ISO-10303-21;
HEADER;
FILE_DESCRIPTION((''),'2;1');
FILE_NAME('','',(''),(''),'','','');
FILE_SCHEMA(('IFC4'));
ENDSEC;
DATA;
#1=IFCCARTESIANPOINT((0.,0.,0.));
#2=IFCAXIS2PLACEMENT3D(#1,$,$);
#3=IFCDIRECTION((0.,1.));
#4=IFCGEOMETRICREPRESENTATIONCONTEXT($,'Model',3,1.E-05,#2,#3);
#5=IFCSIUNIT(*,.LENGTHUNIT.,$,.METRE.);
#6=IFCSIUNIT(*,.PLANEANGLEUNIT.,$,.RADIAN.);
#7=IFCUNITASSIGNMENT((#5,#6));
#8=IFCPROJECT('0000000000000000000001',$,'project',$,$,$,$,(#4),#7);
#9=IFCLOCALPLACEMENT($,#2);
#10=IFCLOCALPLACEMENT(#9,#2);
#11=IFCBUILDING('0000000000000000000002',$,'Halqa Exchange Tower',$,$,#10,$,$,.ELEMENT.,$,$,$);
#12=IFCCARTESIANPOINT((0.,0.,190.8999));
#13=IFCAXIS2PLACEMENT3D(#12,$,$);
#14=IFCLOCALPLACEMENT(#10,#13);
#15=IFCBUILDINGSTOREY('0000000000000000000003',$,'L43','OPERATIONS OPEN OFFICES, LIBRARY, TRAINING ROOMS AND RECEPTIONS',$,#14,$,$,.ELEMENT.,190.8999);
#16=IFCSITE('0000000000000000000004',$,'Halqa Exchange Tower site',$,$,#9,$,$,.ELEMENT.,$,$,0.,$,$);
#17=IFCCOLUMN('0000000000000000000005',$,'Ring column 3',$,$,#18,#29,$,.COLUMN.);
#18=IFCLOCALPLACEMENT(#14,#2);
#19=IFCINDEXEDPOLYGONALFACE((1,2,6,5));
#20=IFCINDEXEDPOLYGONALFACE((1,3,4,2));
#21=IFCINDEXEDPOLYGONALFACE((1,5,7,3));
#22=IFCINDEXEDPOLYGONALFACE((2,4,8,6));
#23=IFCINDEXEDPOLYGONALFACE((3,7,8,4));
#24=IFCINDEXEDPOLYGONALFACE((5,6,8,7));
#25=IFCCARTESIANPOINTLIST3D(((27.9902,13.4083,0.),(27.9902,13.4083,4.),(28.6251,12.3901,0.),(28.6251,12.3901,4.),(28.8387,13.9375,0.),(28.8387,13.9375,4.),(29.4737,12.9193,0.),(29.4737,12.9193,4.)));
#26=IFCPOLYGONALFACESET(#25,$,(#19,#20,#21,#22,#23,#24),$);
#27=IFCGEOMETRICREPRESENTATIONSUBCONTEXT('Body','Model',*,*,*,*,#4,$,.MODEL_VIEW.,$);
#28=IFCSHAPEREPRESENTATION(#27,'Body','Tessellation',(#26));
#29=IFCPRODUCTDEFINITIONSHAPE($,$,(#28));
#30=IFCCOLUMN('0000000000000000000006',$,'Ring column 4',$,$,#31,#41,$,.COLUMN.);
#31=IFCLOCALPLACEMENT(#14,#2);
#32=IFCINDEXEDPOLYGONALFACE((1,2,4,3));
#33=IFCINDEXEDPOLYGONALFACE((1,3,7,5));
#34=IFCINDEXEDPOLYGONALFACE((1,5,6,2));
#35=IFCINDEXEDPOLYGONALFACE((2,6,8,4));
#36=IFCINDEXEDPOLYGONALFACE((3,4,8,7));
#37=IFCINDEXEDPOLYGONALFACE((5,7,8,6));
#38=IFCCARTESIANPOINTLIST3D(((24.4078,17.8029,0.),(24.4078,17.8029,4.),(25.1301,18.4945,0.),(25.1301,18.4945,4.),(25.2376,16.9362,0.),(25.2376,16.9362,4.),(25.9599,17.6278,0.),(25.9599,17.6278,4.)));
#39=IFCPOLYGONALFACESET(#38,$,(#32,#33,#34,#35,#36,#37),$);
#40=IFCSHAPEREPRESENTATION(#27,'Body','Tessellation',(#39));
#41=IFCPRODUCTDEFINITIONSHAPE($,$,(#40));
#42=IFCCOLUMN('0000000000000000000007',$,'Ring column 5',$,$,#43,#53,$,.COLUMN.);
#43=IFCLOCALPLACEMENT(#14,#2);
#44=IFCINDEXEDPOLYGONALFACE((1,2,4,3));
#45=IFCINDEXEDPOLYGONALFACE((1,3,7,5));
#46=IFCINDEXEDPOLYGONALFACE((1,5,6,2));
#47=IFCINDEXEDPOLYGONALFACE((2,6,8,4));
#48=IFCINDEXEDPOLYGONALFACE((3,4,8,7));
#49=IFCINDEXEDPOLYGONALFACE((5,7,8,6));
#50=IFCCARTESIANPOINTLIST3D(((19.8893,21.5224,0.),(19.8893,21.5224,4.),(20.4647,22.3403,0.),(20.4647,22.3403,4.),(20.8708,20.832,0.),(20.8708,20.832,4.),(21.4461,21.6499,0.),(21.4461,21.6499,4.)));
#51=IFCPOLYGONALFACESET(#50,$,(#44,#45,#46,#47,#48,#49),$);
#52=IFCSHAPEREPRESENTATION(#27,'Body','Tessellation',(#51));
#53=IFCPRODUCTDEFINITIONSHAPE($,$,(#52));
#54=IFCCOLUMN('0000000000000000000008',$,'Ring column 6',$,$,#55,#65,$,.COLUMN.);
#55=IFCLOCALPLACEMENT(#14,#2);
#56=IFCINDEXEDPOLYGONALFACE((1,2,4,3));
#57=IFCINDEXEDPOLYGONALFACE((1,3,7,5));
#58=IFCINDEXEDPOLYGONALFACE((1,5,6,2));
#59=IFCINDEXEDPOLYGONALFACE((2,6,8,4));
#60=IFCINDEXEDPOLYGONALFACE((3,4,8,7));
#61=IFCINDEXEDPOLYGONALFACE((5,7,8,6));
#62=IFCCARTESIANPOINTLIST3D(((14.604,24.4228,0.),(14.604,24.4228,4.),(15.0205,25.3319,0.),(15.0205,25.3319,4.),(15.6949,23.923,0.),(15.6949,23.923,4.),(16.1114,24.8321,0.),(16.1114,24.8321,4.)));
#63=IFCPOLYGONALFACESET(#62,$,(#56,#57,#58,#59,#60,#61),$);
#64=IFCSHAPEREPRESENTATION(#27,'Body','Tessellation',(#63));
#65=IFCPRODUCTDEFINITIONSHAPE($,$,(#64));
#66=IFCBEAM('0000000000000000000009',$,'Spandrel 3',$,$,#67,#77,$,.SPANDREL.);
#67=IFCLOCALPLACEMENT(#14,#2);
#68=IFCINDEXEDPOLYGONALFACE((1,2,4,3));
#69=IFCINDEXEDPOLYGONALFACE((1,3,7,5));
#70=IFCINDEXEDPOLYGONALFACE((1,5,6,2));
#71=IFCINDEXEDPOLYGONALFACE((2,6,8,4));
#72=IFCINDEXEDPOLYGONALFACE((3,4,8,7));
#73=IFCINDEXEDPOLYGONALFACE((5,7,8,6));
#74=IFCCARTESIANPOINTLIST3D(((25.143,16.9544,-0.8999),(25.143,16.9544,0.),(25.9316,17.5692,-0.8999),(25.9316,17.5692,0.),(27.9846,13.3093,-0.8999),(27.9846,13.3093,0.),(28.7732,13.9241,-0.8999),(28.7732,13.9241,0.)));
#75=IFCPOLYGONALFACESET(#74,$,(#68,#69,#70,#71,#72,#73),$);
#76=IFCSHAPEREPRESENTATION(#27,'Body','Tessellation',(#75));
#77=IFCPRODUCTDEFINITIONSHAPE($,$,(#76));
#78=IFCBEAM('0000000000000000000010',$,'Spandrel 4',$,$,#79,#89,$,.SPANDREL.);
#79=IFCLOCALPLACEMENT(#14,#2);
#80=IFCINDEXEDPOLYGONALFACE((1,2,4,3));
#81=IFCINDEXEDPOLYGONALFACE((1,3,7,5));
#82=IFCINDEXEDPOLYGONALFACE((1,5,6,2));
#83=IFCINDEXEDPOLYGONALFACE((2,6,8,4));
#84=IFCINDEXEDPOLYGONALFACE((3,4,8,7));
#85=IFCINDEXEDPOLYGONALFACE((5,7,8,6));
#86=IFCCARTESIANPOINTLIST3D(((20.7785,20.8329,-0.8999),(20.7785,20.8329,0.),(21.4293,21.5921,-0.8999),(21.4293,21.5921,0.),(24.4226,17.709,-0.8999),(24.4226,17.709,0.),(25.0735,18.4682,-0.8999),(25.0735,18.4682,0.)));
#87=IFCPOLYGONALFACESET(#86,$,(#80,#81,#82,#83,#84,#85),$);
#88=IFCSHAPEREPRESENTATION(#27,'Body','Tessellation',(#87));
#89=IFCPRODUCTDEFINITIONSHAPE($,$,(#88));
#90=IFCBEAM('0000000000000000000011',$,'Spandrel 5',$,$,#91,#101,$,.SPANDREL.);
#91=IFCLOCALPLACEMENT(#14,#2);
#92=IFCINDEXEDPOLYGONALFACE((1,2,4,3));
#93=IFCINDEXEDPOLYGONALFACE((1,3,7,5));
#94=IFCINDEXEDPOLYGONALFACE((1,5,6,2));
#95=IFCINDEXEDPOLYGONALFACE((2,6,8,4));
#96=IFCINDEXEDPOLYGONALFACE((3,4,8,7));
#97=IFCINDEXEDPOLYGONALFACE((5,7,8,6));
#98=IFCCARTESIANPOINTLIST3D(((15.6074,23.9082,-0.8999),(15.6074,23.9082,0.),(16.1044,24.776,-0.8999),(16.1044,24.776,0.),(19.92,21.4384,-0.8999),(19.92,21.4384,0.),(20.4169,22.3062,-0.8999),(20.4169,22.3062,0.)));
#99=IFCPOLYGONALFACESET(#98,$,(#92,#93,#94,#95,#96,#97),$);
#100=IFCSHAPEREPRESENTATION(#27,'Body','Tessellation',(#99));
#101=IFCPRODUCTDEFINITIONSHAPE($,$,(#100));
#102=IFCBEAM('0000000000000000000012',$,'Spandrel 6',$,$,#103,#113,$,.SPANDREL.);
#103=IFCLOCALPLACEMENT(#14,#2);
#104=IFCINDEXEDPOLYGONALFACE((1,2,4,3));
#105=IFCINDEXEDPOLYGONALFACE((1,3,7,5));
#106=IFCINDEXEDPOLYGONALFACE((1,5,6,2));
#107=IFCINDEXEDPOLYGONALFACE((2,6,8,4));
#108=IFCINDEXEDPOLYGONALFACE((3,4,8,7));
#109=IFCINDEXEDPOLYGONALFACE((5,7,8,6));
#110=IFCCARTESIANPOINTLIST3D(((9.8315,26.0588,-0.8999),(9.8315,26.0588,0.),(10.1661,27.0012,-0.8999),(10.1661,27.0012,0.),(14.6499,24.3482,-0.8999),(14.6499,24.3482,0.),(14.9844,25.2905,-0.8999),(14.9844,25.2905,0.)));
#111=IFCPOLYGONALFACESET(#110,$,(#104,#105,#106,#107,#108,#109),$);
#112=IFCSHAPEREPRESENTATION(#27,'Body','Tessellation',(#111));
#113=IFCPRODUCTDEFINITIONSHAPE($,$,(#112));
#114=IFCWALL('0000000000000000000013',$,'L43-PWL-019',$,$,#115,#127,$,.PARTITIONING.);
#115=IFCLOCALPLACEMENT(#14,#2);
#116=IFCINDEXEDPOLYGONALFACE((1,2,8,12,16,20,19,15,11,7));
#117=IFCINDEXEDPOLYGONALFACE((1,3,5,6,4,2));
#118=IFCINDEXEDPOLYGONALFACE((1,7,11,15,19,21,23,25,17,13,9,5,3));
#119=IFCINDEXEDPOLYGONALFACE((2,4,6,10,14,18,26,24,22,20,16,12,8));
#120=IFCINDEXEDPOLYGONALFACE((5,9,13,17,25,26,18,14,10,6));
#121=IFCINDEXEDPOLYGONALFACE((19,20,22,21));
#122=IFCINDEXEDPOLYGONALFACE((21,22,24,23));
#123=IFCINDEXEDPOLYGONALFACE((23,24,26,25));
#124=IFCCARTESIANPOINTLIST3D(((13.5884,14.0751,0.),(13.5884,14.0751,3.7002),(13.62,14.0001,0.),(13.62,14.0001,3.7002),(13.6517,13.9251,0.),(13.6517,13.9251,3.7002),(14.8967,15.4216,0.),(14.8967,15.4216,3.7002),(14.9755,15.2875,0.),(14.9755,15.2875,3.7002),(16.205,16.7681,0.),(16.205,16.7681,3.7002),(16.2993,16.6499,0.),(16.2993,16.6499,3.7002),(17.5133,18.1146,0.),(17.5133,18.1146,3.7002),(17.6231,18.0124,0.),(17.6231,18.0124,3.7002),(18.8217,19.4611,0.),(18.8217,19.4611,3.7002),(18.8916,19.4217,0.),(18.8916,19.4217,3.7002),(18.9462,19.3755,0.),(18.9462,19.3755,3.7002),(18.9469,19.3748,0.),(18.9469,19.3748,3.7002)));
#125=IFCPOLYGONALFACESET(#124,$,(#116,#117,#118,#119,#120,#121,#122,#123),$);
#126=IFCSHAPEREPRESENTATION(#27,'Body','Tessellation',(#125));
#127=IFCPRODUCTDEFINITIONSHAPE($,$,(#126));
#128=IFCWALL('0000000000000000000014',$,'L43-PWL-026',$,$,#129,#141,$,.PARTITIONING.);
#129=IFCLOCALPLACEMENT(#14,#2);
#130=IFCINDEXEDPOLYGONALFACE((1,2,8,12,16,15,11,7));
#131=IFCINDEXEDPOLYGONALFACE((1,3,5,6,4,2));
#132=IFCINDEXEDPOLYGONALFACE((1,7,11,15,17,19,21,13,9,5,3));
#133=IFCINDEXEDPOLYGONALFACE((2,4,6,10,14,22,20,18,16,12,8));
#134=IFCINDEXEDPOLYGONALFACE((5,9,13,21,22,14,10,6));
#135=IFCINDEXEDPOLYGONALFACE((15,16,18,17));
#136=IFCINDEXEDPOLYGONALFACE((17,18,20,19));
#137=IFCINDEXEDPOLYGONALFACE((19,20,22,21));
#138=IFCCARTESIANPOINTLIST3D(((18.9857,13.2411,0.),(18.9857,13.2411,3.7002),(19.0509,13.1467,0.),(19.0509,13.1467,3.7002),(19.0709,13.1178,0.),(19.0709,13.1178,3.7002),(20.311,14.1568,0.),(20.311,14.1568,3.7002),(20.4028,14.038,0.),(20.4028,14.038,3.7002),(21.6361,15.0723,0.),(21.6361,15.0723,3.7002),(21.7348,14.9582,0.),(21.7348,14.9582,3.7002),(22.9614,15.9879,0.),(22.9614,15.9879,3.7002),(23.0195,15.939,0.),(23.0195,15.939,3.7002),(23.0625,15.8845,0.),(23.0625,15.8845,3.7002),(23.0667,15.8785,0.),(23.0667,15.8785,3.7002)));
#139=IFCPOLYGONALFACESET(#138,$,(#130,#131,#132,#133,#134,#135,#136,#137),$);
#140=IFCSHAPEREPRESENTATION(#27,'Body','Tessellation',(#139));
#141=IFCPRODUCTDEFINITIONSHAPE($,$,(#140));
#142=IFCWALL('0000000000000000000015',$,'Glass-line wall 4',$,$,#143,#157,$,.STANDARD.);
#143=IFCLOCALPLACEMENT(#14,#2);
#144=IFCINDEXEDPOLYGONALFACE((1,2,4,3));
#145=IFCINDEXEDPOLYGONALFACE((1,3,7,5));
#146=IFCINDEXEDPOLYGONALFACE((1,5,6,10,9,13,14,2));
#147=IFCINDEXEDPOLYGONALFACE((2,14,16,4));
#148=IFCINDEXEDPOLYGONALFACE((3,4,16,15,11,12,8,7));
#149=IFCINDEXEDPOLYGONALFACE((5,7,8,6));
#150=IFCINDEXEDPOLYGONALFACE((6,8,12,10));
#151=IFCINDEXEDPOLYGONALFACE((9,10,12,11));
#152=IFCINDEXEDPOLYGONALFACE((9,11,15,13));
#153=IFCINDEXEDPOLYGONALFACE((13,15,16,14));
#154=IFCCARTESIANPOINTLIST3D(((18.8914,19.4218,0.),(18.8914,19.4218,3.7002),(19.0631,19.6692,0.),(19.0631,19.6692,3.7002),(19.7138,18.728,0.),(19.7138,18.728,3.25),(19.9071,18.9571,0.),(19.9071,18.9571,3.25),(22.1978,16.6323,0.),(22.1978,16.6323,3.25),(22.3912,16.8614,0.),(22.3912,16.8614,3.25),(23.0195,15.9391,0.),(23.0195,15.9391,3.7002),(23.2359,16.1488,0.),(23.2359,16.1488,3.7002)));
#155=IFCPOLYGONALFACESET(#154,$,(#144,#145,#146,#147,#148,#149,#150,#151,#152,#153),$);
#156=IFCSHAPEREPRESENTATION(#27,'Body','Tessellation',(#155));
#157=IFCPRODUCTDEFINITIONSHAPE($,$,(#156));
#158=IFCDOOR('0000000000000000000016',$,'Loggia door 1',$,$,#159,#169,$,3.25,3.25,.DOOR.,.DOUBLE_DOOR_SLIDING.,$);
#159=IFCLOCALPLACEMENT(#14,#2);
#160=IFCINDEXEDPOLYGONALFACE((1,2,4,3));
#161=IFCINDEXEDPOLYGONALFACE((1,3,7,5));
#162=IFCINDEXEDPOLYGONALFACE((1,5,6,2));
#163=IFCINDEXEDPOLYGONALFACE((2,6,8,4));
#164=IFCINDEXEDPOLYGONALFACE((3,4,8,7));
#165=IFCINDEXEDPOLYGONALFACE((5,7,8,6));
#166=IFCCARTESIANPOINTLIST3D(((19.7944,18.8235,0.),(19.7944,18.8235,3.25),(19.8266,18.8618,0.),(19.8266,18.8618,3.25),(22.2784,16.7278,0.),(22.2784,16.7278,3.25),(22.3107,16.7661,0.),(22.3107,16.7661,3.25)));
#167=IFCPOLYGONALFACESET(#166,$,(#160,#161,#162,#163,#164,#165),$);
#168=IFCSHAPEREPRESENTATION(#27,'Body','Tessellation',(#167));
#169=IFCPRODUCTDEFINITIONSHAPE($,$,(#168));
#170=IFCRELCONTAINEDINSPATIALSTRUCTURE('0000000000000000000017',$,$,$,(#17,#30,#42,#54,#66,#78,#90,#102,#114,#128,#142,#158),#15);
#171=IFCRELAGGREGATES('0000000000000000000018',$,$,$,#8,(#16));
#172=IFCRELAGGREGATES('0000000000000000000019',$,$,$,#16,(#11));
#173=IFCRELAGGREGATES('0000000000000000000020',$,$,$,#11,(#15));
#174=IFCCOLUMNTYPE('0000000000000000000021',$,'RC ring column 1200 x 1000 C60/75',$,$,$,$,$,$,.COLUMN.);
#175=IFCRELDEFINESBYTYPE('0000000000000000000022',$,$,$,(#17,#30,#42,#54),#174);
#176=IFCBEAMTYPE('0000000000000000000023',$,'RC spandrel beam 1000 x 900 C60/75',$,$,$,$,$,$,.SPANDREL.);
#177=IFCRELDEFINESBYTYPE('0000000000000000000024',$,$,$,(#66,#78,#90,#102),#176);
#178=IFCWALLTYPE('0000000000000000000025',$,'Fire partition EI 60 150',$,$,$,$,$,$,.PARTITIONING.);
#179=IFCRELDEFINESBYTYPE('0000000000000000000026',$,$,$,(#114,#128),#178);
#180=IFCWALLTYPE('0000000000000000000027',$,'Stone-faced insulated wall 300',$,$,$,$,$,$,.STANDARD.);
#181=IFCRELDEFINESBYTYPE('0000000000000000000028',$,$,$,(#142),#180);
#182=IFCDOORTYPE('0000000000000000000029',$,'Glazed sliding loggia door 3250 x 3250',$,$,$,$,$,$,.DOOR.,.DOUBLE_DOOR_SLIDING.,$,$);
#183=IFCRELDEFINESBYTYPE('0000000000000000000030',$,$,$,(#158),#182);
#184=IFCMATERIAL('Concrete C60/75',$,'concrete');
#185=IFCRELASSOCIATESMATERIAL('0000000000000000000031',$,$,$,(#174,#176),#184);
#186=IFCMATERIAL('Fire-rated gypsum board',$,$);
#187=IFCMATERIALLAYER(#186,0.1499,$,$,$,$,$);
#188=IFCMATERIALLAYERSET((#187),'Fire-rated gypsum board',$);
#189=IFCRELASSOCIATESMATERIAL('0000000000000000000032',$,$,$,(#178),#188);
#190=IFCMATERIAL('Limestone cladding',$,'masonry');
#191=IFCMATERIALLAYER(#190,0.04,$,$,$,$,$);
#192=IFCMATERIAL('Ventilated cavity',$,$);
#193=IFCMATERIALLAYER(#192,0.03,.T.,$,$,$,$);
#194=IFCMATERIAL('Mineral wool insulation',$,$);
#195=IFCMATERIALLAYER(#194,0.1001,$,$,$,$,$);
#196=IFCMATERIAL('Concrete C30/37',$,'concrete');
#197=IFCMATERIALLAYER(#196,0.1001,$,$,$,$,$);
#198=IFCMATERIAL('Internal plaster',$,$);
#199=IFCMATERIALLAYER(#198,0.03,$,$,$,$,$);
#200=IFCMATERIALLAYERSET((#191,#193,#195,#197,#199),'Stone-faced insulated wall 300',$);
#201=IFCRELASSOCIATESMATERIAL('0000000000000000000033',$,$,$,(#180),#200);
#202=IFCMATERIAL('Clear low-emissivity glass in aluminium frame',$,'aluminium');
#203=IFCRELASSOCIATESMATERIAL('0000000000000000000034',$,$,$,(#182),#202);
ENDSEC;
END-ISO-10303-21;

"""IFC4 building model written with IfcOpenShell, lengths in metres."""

from ifc_helpers import new_model, si_unit, direction, frame, frame_2d, origin, origin_2d, place, context, subcontext, project, spatial, polyline, rectangle, outline, extrude, material, layer, layer_set, material_profile, profile_set, type_object, element, fill, save


model = new_model("IFC4")

# Units and contexts
model_context = context("Model", 3, precision=1e-05, world=origin(), true_north=direction((0.0, 1.0)))
body_context = subcontext(model_context, "Body", "Model", "MODEL_VIEW")
ifc_project = project(units=[si_unit("LENGTHUNIT", "METRE"), si_unit("PLANEANGLEUNIT", "RADIAN")], contexts=[model_context])

# Site, building, storey
site_placement = place(None, origin())
site = spatial("IfcSite", under=ifc_project, at=site_placement, Name="Halqa Exchange Tower site", CompositionType="ELEMENT", RefElevation=0.0)
building_placement = place(site_placement, origin())
building = spatial("IfcBuilding", under=site, at=building_placement, Name="Halqa Exchange Tower", CompositionType="ELEMENT")
storey_placement = place(building_placement, frame((0.0, 0.0, 190.8999)))
storey = spatial("IfcBuildingStorey", under=building, at=storey_placement, Name="L43", Description="OPERATIONS OPEN OFFICES, LIBRARY, TRAINING ROOMS AND RECEPTIONS", CompositionType="ELEMENT", Elevation=190.8999)

# Columns
ifc_material_1 = material(Name="Concrete C60/75", Category="concrete")
ifc_material_profile_1 = material_profile(ifc_material_1, rectangle(XDim=1.2, YDim=1.0, at=origin_2d()), Name="1200 x 1000")
ifc_profile_set_1 = profile_set([ifc_material_profile_1], Name="Concrete C60/75")
column_type = type_object("IfcColumnType", Name="RC ring column 1200 x 1000 C60/75", PredefinedType="COLUMN", material=ifc_profile_set_1)
for number, where, z_axis, x_axis, name in (
    (1, (28.7319, 13.1638, 0.0), (0.0, 0.0, 1.0), (-0.529145, 0.848531, 0.0), "Ring column 3"),
    (2, (25.1838, 17.7153, 0.0), (0.0, 0.0, 1.0), (-0.691576, 0.722304, 0.0), "Ring column 4"),
    (3, (20.6677, 21.5862, 0.0), (0.0, 0.0, 1.0), (-0.817906, 0.575352, 0.0), "Ring column 5"),
    (4, (15.3577, 24.6274, 0.0), (0.0, 0.0, 1.0), (-0.909126, 0.416522, 0.0), "Ring column 6"),
):
    element("IfcColumn", number, at=place(storey_placement, frame(where, z_axis=z_axis, x_axis=x_axis)), inside=storey, type_object=column_type, Name=name, PredefinedType="COLUMN", context=body_context, shape_type="SweptSolid", body=[
        extrude(rectangle(XDim=1.2, YDim=1.0, at=origin_2d()), origin(), (0.0, 0.0, 1.0), 4.0),
    ])

# Beams
ifc_material_profile_2 = material_profile(ifc_material_1, rectangle(XDim=1.0, YDim=0.8999, at=origin_2d()), Name="1000 x 900")
ifc_profile_set_2 = profile_set([ifc_material_profile_2], Name="Concrete C60/75")
beam_type = type_object("IfcBeamType", Name="RC spandrel beam 1000 x 900 C60/75", PredefinedType="SPANDREL", material=ifc_profile_set_2)
beam_1_placement = place(storey_placement, frame((28.3789, 13.6167, -0.45), z_axis=(-0.614822, 0.788666, 0.0), x_axis=(-0.788666, -0.614822, 0.0)))
element("IfcBeam", 5, at=beam_1_placement, inside=storey, type_object=beam_type, Name="Spandrel 3", PredefinedType="SPANDREL", context=body_context, shape_type="SweptSolid", body=[
    extrude(rectangle(XDim=1.0, YDim=0.8999, at=origin_2d()), origin(), (0.0, 0.0, 1.0), 4.6218),
])
beam_2_placement = place(storey_placement, frame((24.748, 18.0886, -0.45), z_axis=(-0.759224, 0.650829, 0.0), x_axis=(-0.650829, -0.759224, 0.0)))
element("IfcBeam", 6, at=beam_2_placement, inside=storey, type_object=beam_type, Name="Spandrel 4", PredefinedType="SPANDREL", context=body_context, shape_type="SweptSolid", body=[
    extrude(rectangle(XDim=1.0, YDim=0.8999, at=origin_2d()), origin(), (0.0, 0.0, 1.0), 4.7998),
])
beam_3_placement = place(storey_placement, frame((20.1685, 21.8723, -0.45), z_axis=(-0.867771, 0.496964, 0.0), x_axis=(-0.496964, -0.867771, 0.0)))
element("IfcBeam", 7, at=beam_3_placement, inside=storey, type_object=beam_type, Name="Spandrel 5", PredefinedType="SPANDREL", context=body_context, shape_type="SweptSolid", body=[
    extrude(rectangle(XDim=1.0, YDim=0.8999, at=origin_2d()), origin(), (0.0, 0.0, 1.0), 4.9697),
])
beam_4_placement = place(storey_placement, frame((14.8171, 24.8193, -0.45), z_axis=(-0.942369, 0.334575, 0.0), x_axis=(-0.334575, -0.942369, 0.0)))
element("IfcBeam", 8, at=beam_4_placement, inside=storey, type_object=beam_type, Name="Spandrel 6", PredefinedType="SPANDREL", context=body_context, shape_type="SweptSolid", body=[
    extrude(rectangle(XDim=1.0, YDim=0.8999, at=origin_2d()), origin(), (0.0, 0.0, 1.0), 5.113),
])

# Walls
ifc_material_2 = material(Name="Fire-rated gypsum board")
ifc_layer_1 = layer(ifc_material_2, 0.1499)
ifc_layer_set_1 = layer_set([ifc_layer_1], Name="Fire-rated gypsum board")
wall_type_1 = type_object("IfcWallType", Name="Fire partition EI 60 150", PredefinedType="PARTITIONING", material=ifc_layer_set_1)
wall_1_placement = place(storey_placement, frame((13.5979, 13.9773, 0.0), z_axis=(0.0, 0.0, 1.0), x_axis=(0.696865, 0.717203, 0.0)))
element("IfcWall", 9, at=wall_1_placement, inside=storey, type_object=wall_type_1, Name="L43-PWL-019", PredefinedType="PARTITIONING", context=body_context, shape_type="SweptSolid", body=[
    extrude(outline(polyline([(7.5986, -0.075), (7.5986, -0.074), (7.5938, -0.0027), (7.5732, 0.075), (5.6958, 0.075), (3.8184, 0.075), (1.9409, 0.075), (0.0635, 0.075), (0.0317, 0.0), (0.0, -0.075), (1.8997, -0.075), (3.7993, -0.075), (5.699, -0.075), (7.5986, -0.075)])), origin(), (0.0, 0.0, 1.0), 3.7002),
])
wall_2_placement = place(storey_placement, frame((19.0283, 13.1794, 0.0), z_axis=(0.0, 0.0, 1.0), x_axis=(0.822733, 0.568428, 0.0)))
element("IfcWall", 10, at=wall_2_placement, inside=storey, type_object=wall_type_1, Name="L43-PWL-026", PredefinedType="PARTITIONING", context=body_context, shape_type="SweptSolid", body=[
    extrude(outline(polyline([(4.8567, -0.075), (4.8567, -0.0676), (4.8523, 0.0017), (4.8323, 0.075), (3.2214, 0.075), (1.6108, 0.075), (0.0, 0.075), (0.0, -0.0398), (0.0, -0.075), (1.6189, -0.075), (3.2378, -0.075), (4.8567, -0.075)])), origin(), (0.0, 0.0, 1.0), 3.7002),
])

# Wall, opening, door
ifc_material_3 = material(Name="Limestone cladding", Category="masonry")
ifc_layer_2 = layer(ifc_material_3, 0.04)
ifc_material_4 = material(Name="Ventilated cavity")
ifc_layer_3 = layer(ifc_material_4, 0.03, ventilated=True)
ifc_material_5 = material(Name="Mineral wool insulation")
ifc_layer_4 = layer(ifc_material_5, 0.1001)
ifc_material_6 = material(Name="Concrete C30/37", Category="concrete")
ifc_layer_5 = layer(ifc_material_6, 0.1001)
ifc_material_7 = material(Name="Internal plaster")
ifc_layer_6 = layer(ifc_material_7, 0.03)
ifc_layer_set_2 = layer_set([ifc_layer_2, ifc_layer_3, ifc_layer_4, ifc_layer_5, ifc_layer_6], Name="Stone-faced insulated wall 300")
wall_type_2 = type_object("IfcWallType", Name="Stone-faced insulated wall 300", PredefinedType="STANDARD", material=ifc_layer_set_2)
wall_3_placement = place(storey_placement, frame((23.1277, 16.0439, 0.0), z_axis=(0.0, 0.0, 1.0), x_axis=(-0.76433, 0.644825, 0.0)))
wall_3 = element("IfcWall", 11, at=wall_3_placement, inside=storey, type_object=wall_type_2, Name="Glass-line wall 4", PredefinedType="STANDARD", context=body_context, shape_type="SweptSolid", body=[
    extrude(outline(polyline([(-0.0151, -0.1499), (5.4443, -0.1499), (5.416, 0.1499), (0.0151, 0.1499), (-0.0151, -0.1499)])), origin(), (0.0, 0.0, 1.0), 3.7002),
])
opening_1_placement = place(wall_3_placement, frame((1.0901, 0.0, 0.0)))
opening_1 = element("IfcOpeningElement", 12, at=opening_1_placement, cuts=wall_3, PredefinedType="OPENING", context=body_context, shape_type="SweptSolid", body=[
    extrude(rectangle(XDim=3.25, YDim=3.25, at=frame_2d((1.625, 1.625))), frame((0.0, 0.1621, 0.0), z_axis=(0.0, -1.0, 0.0), x_axis=(1.0, 0.0, 0.0)), (0.0, 0.0, 1.0), 0.324),
])
ifc_material_8 = material(Name="Clear low-emissivity glass in aluminium frame", Category="aluminium")
door_type = type_object("IfcDoorType", Name="Glazed sliding loggia door 3250 x 3250", OperationType="DOUBLE_DOOR_SLIDING", PredefinedType="DOOR", material=ifc_material_8)
door_placement = place(opening_1_placement, origin())
door = element("IfcDoor", 13, at=door_placement, inside=storey, type_object=door_type, Name="Loggia door 1", OperationType="DOUBLE_DOOR_SLIDING", OverallHeight=3.25, OverallWidth=3.25, PredefinedType="DOOR", context=body_context, shape_type="SweptSolid", body=[
    extrude(rectangle(XDim=3.25, YDim=3.25, at=frame_2d((1.625, 1.625))), frame((0.0, 0.0249, 0.0), z_axis=(0.0, -1.0, 0.0), x_axis=(1.0, 0.0, 0.0)), (0.0, 0.0, 1.0), 0.05),
])
fill(opening_1, door)

save(model, "model.ifc")
